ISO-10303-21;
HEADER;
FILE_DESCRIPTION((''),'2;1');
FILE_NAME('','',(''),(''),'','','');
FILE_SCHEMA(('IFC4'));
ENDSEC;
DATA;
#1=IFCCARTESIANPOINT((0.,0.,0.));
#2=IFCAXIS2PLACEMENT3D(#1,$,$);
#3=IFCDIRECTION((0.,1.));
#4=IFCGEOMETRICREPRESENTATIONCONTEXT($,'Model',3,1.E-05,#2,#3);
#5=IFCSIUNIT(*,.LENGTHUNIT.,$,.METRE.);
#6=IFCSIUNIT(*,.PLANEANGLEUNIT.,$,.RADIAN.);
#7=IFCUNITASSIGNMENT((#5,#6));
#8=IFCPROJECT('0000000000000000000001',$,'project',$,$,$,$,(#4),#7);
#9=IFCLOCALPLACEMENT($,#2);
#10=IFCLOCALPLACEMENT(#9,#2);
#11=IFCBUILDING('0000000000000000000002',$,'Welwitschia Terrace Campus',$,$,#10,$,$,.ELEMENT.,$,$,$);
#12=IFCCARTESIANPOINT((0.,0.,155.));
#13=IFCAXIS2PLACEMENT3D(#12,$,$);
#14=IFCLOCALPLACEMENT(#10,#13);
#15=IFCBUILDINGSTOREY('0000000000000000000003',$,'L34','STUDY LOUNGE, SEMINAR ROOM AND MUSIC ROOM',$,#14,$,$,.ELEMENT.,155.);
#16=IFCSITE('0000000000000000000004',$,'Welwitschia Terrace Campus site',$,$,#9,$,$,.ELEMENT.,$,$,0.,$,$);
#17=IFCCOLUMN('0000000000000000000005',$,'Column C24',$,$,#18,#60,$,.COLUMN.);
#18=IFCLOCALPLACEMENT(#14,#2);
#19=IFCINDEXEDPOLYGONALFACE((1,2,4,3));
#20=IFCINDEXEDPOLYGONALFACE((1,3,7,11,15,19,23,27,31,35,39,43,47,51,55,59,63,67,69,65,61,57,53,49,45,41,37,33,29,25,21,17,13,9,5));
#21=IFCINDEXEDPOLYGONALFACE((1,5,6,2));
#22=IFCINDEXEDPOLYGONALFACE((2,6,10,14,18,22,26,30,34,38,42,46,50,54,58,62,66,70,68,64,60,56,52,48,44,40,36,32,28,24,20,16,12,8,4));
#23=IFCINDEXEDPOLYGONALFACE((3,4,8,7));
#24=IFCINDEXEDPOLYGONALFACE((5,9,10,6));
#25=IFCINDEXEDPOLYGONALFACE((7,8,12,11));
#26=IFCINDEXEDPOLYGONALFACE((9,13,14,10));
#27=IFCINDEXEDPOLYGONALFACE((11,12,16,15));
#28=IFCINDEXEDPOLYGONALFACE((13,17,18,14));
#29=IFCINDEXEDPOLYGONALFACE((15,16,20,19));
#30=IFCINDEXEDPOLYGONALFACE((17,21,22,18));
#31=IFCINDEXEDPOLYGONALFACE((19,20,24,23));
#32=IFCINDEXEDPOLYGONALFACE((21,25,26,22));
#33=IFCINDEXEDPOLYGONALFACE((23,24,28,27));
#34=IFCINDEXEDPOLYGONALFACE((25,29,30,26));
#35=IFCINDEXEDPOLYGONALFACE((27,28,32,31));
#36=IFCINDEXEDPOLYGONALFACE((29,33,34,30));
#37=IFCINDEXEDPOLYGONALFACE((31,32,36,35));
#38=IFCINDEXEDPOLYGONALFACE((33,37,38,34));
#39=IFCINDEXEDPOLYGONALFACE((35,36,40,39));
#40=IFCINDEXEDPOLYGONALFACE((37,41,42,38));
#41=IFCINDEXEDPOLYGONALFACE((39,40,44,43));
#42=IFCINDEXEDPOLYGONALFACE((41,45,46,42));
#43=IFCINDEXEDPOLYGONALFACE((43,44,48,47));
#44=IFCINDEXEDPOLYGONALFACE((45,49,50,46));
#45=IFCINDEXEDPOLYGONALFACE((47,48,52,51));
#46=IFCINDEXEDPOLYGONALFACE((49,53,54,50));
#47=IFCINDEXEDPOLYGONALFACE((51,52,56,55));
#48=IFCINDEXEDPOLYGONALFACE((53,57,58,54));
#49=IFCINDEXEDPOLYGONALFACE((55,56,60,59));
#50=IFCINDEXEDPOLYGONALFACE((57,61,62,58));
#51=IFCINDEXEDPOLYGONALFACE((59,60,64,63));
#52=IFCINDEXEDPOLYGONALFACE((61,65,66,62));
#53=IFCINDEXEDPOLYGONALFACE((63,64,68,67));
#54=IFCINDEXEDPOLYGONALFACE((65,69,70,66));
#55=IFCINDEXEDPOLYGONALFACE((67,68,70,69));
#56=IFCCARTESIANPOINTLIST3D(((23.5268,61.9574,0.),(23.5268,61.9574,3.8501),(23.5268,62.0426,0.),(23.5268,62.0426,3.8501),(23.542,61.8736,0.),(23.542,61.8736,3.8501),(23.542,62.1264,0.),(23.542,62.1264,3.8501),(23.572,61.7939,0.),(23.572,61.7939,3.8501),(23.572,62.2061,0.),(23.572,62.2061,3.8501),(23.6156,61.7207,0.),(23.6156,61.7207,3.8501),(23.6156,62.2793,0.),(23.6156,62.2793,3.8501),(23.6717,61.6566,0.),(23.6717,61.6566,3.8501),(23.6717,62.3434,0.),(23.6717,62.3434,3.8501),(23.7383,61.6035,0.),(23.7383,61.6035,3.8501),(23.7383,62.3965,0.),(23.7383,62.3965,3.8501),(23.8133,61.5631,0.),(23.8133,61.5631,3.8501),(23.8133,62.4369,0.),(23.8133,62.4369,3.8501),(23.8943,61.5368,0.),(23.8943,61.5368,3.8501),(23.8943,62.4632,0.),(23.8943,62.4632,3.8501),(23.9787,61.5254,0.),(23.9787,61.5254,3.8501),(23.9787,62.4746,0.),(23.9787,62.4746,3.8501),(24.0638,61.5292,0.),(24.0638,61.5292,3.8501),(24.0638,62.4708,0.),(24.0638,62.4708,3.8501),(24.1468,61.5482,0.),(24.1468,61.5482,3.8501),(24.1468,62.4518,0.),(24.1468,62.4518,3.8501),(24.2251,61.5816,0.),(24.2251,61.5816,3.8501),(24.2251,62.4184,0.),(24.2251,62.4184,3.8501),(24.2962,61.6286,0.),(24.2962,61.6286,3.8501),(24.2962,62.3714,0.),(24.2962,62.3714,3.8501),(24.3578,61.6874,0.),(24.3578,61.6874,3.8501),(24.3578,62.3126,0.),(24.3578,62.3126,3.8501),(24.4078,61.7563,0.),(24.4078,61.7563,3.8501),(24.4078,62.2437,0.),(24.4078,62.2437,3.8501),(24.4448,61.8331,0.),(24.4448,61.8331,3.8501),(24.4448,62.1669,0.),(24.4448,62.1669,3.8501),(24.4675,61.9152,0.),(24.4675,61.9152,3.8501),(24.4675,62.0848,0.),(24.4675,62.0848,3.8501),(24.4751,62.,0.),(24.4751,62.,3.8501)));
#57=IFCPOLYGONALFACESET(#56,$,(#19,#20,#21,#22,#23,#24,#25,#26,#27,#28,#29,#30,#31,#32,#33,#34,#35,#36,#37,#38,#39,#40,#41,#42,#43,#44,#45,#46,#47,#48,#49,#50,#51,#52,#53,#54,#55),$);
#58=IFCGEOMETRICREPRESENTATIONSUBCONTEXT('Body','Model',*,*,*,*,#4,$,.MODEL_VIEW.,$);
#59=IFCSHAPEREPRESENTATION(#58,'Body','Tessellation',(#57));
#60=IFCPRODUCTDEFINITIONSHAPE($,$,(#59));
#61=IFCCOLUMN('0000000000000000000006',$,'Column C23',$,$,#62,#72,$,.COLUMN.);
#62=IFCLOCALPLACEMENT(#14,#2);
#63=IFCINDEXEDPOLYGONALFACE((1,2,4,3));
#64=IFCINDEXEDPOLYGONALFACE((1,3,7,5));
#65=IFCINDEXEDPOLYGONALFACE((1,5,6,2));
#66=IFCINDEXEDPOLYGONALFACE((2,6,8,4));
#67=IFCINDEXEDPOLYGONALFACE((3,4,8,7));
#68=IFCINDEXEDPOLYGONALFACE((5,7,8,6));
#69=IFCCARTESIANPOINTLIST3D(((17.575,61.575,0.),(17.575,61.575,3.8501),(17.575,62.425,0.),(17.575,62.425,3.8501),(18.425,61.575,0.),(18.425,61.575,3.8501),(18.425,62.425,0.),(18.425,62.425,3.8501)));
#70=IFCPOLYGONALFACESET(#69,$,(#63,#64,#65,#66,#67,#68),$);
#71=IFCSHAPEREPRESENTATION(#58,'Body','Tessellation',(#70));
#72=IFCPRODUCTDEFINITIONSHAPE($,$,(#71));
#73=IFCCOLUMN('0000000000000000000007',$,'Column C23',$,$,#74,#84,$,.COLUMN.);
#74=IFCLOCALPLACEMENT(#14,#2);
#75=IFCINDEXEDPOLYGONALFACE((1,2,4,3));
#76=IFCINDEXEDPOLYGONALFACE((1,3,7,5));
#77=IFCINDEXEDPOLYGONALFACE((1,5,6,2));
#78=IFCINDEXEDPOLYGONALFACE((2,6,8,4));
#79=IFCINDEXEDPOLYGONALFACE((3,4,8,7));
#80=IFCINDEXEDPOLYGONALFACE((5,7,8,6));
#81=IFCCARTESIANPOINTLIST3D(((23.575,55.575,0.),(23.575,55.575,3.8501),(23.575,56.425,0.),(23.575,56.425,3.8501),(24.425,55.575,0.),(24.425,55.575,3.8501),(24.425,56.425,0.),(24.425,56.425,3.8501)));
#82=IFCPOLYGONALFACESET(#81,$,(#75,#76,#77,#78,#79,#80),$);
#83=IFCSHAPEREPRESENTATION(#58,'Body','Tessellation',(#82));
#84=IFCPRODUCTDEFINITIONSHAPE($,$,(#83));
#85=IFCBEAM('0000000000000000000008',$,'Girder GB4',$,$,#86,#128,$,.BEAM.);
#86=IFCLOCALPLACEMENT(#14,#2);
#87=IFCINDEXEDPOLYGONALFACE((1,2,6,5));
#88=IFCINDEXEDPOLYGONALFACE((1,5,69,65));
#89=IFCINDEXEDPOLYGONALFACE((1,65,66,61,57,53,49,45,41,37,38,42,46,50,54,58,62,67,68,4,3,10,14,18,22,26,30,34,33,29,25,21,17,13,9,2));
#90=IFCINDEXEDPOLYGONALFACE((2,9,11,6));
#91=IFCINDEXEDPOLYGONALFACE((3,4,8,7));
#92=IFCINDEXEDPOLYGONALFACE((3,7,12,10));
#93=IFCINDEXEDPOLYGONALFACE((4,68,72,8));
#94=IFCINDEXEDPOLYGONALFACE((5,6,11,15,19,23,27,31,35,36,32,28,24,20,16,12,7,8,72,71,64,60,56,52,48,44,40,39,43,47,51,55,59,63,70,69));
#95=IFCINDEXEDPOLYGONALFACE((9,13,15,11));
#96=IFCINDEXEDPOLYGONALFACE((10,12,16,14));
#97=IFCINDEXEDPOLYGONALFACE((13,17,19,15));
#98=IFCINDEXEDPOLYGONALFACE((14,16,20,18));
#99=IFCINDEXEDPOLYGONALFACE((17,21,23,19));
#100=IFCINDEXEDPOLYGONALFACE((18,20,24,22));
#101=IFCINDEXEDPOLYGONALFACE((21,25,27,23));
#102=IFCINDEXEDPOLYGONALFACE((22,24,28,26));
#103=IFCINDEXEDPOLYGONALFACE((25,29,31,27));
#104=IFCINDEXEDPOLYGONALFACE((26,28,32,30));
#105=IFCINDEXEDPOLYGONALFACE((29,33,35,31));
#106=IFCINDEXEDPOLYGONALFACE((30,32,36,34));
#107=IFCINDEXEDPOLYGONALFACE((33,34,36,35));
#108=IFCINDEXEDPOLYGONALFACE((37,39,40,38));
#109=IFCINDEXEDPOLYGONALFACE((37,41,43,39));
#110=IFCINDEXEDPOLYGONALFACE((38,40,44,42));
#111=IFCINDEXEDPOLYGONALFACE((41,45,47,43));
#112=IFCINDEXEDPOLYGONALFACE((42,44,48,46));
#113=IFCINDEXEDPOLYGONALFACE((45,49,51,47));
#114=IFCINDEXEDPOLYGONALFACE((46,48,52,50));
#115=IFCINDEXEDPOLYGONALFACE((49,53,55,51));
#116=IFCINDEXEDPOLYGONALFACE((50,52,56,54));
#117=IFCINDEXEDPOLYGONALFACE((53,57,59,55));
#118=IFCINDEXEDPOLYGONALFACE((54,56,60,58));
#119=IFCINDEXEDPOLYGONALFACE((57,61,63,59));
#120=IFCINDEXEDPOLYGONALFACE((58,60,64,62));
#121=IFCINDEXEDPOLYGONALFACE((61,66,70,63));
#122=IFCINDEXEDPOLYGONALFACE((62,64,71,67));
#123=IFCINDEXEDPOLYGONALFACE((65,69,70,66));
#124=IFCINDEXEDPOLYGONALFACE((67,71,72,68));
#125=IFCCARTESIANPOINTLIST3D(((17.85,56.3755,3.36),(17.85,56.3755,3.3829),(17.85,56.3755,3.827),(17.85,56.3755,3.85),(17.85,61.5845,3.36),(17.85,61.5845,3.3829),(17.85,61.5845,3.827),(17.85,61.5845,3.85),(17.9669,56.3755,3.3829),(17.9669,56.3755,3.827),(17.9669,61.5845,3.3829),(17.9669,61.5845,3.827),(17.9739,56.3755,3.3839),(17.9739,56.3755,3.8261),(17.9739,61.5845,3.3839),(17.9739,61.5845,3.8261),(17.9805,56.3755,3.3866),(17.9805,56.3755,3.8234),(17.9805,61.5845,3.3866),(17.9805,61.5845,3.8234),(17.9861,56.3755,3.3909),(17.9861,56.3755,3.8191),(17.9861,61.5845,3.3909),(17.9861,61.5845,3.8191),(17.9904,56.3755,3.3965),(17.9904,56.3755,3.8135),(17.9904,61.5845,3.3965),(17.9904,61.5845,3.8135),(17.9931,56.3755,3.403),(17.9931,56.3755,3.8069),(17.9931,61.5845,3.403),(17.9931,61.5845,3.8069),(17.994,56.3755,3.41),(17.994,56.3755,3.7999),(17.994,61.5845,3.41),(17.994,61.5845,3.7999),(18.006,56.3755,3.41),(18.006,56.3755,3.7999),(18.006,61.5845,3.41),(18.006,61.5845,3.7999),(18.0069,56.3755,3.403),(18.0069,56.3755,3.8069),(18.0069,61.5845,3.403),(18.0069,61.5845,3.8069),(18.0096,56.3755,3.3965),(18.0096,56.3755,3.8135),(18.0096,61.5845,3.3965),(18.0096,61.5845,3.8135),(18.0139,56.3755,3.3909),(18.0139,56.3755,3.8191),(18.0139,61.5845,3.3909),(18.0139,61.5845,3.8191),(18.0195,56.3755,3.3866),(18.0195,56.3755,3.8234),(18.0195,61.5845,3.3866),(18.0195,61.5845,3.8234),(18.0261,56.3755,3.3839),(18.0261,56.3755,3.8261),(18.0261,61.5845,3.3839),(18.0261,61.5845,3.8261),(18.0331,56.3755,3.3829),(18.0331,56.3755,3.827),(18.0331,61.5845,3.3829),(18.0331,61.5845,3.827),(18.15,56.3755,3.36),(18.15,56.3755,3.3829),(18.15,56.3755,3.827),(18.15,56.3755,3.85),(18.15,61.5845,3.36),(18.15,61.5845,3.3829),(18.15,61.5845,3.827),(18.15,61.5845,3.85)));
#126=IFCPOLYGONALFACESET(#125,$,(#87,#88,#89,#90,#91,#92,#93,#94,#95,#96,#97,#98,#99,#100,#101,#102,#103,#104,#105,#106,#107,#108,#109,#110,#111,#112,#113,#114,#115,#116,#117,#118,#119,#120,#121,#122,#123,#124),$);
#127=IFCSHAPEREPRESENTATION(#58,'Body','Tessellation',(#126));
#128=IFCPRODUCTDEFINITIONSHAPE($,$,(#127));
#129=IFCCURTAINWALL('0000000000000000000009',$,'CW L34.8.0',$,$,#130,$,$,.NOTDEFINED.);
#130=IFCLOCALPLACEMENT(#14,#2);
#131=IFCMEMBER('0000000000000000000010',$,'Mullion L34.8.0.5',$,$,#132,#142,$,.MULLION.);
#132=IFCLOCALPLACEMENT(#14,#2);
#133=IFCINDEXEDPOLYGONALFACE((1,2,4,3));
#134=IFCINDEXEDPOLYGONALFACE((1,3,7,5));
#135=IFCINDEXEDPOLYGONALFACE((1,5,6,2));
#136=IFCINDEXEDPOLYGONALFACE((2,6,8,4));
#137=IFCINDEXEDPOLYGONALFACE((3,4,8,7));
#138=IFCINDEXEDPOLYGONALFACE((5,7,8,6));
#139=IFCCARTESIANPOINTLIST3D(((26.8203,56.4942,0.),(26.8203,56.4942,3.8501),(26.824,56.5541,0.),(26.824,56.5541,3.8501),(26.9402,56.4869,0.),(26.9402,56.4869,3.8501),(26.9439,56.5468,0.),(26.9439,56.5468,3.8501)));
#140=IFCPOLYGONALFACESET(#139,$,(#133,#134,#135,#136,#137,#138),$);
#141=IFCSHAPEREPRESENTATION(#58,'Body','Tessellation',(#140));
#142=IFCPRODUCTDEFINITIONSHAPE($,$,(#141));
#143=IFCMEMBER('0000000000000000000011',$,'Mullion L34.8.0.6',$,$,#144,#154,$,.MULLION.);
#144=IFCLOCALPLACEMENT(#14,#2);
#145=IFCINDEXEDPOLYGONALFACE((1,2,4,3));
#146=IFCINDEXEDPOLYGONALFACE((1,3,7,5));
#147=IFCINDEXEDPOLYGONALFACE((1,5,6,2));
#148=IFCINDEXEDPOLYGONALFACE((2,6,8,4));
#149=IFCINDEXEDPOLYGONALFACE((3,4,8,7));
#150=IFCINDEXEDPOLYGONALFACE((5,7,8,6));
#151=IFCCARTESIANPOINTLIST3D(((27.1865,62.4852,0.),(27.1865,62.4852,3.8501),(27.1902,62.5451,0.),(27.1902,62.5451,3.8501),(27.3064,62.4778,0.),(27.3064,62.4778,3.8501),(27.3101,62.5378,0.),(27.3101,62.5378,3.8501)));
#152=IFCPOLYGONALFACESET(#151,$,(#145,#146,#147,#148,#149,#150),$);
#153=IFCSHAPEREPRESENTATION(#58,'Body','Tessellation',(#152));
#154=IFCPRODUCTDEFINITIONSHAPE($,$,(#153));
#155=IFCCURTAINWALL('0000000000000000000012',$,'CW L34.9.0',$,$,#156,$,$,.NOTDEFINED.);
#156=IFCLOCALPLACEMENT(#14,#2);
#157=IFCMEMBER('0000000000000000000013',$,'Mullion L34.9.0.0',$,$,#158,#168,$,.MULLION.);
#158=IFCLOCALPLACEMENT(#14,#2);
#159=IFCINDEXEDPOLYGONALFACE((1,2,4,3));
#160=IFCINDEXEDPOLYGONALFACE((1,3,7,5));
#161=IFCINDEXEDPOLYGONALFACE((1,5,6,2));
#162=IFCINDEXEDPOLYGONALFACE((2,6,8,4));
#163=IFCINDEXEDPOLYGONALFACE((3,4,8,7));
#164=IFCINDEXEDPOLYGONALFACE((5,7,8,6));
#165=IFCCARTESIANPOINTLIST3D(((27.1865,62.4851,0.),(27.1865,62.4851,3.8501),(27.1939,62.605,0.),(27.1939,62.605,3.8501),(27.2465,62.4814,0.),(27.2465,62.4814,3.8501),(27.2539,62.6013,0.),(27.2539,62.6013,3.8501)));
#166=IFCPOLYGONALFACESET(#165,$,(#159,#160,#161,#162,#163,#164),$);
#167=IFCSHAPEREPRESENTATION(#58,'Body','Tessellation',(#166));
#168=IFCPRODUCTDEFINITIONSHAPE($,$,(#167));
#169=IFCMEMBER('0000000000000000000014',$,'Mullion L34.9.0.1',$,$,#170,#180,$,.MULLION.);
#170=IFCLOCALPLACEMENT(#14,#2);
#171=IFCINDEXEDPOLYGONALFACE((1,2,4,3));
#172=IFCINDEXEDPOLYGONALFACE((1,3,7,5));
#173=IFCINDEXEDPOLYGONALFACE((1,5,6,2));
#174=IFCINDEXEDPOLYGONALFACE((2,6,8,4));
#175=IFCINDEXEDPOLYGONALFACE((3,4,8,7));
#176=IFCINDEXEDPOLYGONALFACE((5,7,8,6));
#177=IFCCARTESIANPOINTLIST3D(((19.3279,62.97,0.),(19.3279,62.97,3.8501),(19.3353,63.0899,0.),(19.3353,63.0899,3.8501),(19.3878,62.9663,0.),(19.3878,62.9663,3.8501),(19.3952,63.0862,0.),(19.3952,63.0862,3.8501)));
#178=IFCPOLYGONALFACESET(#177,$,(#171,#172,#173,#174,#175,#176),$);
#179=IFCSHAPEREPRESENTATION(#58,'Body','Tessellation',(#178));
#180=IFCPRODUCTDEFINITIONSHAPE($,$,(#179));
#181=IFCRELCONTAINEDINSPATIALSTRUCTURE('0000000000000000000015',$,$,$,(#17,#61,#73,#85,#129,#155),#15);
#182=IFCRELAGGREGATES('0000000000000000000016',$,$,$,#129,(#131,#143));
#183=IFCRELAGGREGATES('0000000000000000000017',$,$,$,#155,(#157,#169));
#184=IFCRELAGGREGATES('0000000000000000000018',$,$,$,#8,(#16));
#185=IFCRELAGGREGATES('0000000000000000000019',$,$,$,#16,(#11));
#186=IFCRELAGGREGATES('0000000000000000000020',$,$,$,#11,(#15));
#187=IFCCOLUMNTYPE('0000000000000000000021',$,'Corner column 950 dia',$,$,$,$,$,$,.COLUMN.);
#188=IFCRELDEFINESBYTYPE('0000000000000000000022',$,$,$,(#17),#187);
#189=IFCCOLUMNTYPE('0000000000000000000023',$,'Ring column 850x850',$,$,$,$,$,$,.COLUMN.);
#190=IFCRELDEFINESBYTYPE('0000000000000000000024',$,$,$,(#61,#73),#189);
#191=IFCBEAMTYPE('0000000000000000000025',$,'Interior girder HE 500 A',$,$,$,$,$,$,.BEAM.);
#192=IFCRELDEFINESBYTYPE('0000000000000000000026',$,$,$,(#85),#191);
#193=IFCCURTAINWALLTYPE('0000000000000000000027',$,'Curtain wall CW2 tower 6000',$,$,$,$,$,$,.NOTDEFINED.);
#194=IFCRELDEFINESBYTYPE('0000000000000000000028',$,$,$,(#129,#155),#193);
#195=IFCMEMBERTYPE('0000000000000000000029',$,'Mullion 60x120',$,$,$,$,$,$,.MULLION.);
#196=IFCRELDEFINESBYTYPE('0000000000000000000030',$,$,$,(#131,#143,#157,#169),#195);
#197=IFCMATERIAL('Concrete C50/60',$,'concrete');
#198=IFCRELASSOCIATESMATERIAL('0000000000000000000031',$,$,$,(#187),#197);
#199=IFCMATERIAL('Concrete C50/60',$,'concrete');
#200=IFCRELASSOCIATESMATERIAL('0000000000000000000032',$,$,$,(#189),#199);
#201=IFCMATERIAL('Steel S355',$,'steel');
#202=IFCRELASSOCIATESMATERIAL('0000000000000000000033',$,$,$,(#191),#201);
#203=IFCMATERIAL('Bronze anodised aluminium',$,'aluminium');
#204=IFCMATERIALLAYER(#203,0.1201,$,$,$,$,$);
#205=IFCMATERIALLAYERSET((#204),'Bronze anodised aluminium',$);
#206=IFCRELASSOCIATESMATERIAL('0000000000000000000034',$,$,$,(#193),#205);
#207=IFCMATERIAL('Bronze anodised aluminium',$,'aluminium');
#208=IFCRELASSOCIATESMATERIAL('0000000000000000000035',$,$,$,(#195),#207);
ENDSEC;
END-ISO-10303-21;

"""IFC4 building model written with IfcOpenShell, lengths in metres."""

from ifc_helpers import new_model, si_unit, direction, frame, origin, origin_2d, place, context, subcontext, project, spatial, rectangle, circle, i_section, extrude, material, layer, layer_set, material_profile, profile_set, type_object, element, aggregate, save


model = new_model("IFC4")

# Units and contexts
model_context = context("Model", 3, precision=1e-05, world=origin(), true_north=direction((0.0, 1.0)))
body_context = subcontext(model_context, "Body", "Model", "MODEL_VIEW")
ifc_project = project(units=[si_unit("LENGTHUNIT", "METRE"), si_unit("PLANEANGLEUNIT", "RADIAN")], contexts=[model_context])

# Site, building, storey
site_placement = place(None, origin())
site = spatial("IfcSite", under=ifc_project, at=site_placement, Name="Welwitschia Terrace Campus site", CompositionType="ELEMENT", RefElevation=0.0)
building_placement = place(site_placement, origin())
building = spatial("IfcBuilding", under=site, at=building_placement, Name="Welwitschia Terrace Campus", CompositionType="ELEMENT")
storey_placement = place(building_placement, frame((0.0, 0.0, 155.0)))
storey = spatial("IfcBuildingStorey", under=building, at=storey_placement, Name="L34", Description="STUDY LOUNGE, SEMINAR ROOM AND MUSIC ROOM", CompositionType="ELEMENT", Elevation=155.0)

# Columns
ifc_material_1 = material(Name="Concrete C50/60", Category="concrete")
ifc_material_profile_1 = material_profile(ifc_material_1, circle(Radius=0.4751, at=origin_2d()))
ifc_profile_set_1 = profile_set([ifc_material_profile_1], Name="Concrete C50/60")
column_type_1 = type_object("IfcColumnType", Name="Corner column 950 dia", PredefinedType="COLUMN", material=ifc_profile_set_1)
column_placement = place(storey_placement, frame((24.0, 62.0, 0.0), z_axis=(0.0, 0.0, 1.0), x_axis=(1.0, 0.0, 0.0)))
element("IfcColumn", 1, at=column_placement, inside=storey, type_object=column_type_1, Name="Column C24", PredefinedType="COLUMN", context=body_context, shape_type="SweptSolid", body=[
    extrude(circle(Radius=0.4751, at=origin_2d()), origin(), (0.0, 0.0, 1.0), 3.8501),
])
ifc_material_2 = material(Name="Concrete C50/60", Category="concrete")
ifc_material_profile_2 = material_profile(ifc_material_2, rectangle(XDim=0.8501, YDim=0.8501, at=origin_2d()))
ifc_profile_set_2 = profile_set([ifc_material_profile_2], Name="Concrete C50/60")
column_type_2 = type_object("IfcColumnType", Name="Ring column 850x850", PredefinedType="COLUMN", material=ifc_profile_set_2)
for number, where, z_axis, x_axis, name in (
    (2, (18.0, 62.0, 0.0), (0.0, 0.0, 1.0), (1.0, 0.0, 0.0), "Column C23"),
    (3, (24.0, 56.0, 0.0), (0.0, 0.0, 1.0), (1.0, 0.0, 0.0), "Column C23"),
):
    element("IfcColumn", number, at=place(storey_placement, frame(where, z_axis=z_axis, x_axis=x_axis)), inside=storey, type_object=column_type_2, Name=name, PredefinedType="COLUMN", context=body_context, shape_type="SweptSolid", body=[
        extrude(rectangle(XDim=0.8501, YDim=0.8501, at=origin_2d()), origin(), (0.0, 0.0, 1.0), 3.8501),
    ])

# Beam
ifc_material_3 = material(Name="Steel S355", Category="steel")
ifc_material_profile_3 = material_profile(ifc_material_3, i_section(OverallWidth=0.3, OverallDepth=0.49, WebThickness=0.012, FlangeThickness=0.0229, FilletRadius=0.0271, at=origin_2d()))
ifc_profile_set_3 = profile_set([ifc_material_profile_3], Name="Steel S355")
beam_type_1 = type_object("IfcBeamType", Name="Interior girder HE 500 A", PredefinedType="BEAM", material=ifc_profile_set_3)
beam_1_placement = place(storey_placement, frame((18.0, 56.3755, 3.605), z_axis=(0.0, 1.0, 0.0), x_axis=(-1.0, 0.0, 0.0)))
element("IfcBeam", 4, at=beam_1_placement, inside=storey, type_object=beam_type_1, Name="Girder GB4", PredefinedType="BEAM", context=body_context, shape_type="SweptSolid", body=[
    extrude(i_section(OverallWidth=0.3, OverallDepth=0.49, WebThickness=0.012, FlangeThickness=0.0229, FilletRadius=0.0271, at=origin_2d()), origin(), (0.0, 0.0, 1.0), 5.209),
])

# Curtain walls, members
ifc_material_4 = material(Name="Bronze anodised aluminium", Category="aluminium")
ifc_layer_1 = layer(ifc_material_4, 0.1201)
ifc_layer_set_1 = layer_set([ifc_layer_1], Name="Bronze anodised aluminium")
curtain_wall_type = type_object("IfcCurtainWallType", Name="Curtain wall CW2 tower 6000", PredefinedType="NOTDEFINED", material=ifc_layer_set_1)
curtain_wall_1_placement = place(storey_placement, origin())
curtain_wall_1 = element("IfcCurtainWall", 5, at=curtain_wall_1_placement, inside=storey, type_object=curtain_wall_type, Name="CW L34.8.0", PredefinedType="NOTDEFINED")
ifc_material_5 = material(Name="Bronze anodised aluminium", Category="aluminium")
ifc_material_profile_4 = material_profile(ifc_material_5, rectangle(XDim=0.1201, YDim=0.0601, at=origin_2d()))
ifc_profile_set_4 = profile_set([ifc_material_profile_4], Name="Bronze anodised aluminium")
member_type_1 = type_object("IfcMemberType", Name="Mullion 60x120", PredefinedType="MULLION", material=ifc_profile_set_4)
member_1_placement = place(storey_placement, frame((26.8821, 56.5205, 0.0), z_axis=(0.0, 0.0, 1.0), x_axis=(-0.998135, 0.061049, 0.0)))
member_1 = element("IfcMember", 6, at=member_1_placement, type_object=member_type_1, Name="Mullion L34.8.0.5", PredefinedType="MULLION", context=body_context, shape_type="SweptSolid", body=[
    extrude(rectangle(XDim=0.1201, YDim=0.0601, at=origin_2d()), origin(), (0.0, 0.0, 1.0), 3.8501),
])
member_2_placement = place(storey_placement, frame((27.2483, 62.5115, 0.0), z_axis=(0.0, 0.0, 1.0), x_axis=(-0.998135, 0.061049, 0.0)))
member_2 = element("IfcMember", 7, at=member_2_placement, type_object=member_type_1, Name="Mullion L34.8.0.6", PredefinedType="MULLION", context=body_context, shape_type="SweptSolid", body=[
    extrude(rectangle(XDim=0.1201, YDim=0.0601, at=origin_2d()), origin(), (0.0, 0.0, 1.0), 3.8501),
])
curtain_wall_2_placement = place(storey_placement, origin())
curtain_wall_2 = element("IfcCurtainWall", 8, at=curtain_wall_2_placement, inside=storey, type_object=curtain_wall_type, Name="CW L34.9.0", PredefinedType="NOTDEFINED")
member_3_placement = place(storey_placement, frame((27.2202, 62.5432, 0.0), z_axis=(0.0, 0.0, 1.0), x_axis=(-0.061586, -0.998102, 0.0)))
member_3 = element("IfcMember", 9, at=member_3_placement, type_object=member_type_1, Name="Mullion L34.9.0.0", PredefinedType="MULLION", context=body_context, shape_type="SweptSolid", body=[
    extrude(rectangle(XDim=0.1201, YDim=0.0601, at=origin_2d()), origin(), (0.0, 0.0, 1.0), 3.8501),
])
member_4_placement = place(storey_placement, frame((19.3616, 63.0281, 0.0), z_axis=(0.0, 0.0, 1.0), x_axis=(-0.061586, -0.998102, 0.0)))
member_4 = element("IfcMember", 10, at=member_4_placement, type_object=member_type_1, Name="Mullion L34.9.0.1", PredefinedType="MULLION", context=body_context, shape_type="SweptSolid", body=[
    extrude(rectangle(XDim=0.1201, YDim=0.0601, at=origin_2d()), origin(), (0.0, 0.0, 1.0), 3.8501),
])

aggregate(curtain_wall_1, [member_1, member_2])
aggregate(curtain_wall_2, [member_3, member_4])

save(model, "model.ifc")
